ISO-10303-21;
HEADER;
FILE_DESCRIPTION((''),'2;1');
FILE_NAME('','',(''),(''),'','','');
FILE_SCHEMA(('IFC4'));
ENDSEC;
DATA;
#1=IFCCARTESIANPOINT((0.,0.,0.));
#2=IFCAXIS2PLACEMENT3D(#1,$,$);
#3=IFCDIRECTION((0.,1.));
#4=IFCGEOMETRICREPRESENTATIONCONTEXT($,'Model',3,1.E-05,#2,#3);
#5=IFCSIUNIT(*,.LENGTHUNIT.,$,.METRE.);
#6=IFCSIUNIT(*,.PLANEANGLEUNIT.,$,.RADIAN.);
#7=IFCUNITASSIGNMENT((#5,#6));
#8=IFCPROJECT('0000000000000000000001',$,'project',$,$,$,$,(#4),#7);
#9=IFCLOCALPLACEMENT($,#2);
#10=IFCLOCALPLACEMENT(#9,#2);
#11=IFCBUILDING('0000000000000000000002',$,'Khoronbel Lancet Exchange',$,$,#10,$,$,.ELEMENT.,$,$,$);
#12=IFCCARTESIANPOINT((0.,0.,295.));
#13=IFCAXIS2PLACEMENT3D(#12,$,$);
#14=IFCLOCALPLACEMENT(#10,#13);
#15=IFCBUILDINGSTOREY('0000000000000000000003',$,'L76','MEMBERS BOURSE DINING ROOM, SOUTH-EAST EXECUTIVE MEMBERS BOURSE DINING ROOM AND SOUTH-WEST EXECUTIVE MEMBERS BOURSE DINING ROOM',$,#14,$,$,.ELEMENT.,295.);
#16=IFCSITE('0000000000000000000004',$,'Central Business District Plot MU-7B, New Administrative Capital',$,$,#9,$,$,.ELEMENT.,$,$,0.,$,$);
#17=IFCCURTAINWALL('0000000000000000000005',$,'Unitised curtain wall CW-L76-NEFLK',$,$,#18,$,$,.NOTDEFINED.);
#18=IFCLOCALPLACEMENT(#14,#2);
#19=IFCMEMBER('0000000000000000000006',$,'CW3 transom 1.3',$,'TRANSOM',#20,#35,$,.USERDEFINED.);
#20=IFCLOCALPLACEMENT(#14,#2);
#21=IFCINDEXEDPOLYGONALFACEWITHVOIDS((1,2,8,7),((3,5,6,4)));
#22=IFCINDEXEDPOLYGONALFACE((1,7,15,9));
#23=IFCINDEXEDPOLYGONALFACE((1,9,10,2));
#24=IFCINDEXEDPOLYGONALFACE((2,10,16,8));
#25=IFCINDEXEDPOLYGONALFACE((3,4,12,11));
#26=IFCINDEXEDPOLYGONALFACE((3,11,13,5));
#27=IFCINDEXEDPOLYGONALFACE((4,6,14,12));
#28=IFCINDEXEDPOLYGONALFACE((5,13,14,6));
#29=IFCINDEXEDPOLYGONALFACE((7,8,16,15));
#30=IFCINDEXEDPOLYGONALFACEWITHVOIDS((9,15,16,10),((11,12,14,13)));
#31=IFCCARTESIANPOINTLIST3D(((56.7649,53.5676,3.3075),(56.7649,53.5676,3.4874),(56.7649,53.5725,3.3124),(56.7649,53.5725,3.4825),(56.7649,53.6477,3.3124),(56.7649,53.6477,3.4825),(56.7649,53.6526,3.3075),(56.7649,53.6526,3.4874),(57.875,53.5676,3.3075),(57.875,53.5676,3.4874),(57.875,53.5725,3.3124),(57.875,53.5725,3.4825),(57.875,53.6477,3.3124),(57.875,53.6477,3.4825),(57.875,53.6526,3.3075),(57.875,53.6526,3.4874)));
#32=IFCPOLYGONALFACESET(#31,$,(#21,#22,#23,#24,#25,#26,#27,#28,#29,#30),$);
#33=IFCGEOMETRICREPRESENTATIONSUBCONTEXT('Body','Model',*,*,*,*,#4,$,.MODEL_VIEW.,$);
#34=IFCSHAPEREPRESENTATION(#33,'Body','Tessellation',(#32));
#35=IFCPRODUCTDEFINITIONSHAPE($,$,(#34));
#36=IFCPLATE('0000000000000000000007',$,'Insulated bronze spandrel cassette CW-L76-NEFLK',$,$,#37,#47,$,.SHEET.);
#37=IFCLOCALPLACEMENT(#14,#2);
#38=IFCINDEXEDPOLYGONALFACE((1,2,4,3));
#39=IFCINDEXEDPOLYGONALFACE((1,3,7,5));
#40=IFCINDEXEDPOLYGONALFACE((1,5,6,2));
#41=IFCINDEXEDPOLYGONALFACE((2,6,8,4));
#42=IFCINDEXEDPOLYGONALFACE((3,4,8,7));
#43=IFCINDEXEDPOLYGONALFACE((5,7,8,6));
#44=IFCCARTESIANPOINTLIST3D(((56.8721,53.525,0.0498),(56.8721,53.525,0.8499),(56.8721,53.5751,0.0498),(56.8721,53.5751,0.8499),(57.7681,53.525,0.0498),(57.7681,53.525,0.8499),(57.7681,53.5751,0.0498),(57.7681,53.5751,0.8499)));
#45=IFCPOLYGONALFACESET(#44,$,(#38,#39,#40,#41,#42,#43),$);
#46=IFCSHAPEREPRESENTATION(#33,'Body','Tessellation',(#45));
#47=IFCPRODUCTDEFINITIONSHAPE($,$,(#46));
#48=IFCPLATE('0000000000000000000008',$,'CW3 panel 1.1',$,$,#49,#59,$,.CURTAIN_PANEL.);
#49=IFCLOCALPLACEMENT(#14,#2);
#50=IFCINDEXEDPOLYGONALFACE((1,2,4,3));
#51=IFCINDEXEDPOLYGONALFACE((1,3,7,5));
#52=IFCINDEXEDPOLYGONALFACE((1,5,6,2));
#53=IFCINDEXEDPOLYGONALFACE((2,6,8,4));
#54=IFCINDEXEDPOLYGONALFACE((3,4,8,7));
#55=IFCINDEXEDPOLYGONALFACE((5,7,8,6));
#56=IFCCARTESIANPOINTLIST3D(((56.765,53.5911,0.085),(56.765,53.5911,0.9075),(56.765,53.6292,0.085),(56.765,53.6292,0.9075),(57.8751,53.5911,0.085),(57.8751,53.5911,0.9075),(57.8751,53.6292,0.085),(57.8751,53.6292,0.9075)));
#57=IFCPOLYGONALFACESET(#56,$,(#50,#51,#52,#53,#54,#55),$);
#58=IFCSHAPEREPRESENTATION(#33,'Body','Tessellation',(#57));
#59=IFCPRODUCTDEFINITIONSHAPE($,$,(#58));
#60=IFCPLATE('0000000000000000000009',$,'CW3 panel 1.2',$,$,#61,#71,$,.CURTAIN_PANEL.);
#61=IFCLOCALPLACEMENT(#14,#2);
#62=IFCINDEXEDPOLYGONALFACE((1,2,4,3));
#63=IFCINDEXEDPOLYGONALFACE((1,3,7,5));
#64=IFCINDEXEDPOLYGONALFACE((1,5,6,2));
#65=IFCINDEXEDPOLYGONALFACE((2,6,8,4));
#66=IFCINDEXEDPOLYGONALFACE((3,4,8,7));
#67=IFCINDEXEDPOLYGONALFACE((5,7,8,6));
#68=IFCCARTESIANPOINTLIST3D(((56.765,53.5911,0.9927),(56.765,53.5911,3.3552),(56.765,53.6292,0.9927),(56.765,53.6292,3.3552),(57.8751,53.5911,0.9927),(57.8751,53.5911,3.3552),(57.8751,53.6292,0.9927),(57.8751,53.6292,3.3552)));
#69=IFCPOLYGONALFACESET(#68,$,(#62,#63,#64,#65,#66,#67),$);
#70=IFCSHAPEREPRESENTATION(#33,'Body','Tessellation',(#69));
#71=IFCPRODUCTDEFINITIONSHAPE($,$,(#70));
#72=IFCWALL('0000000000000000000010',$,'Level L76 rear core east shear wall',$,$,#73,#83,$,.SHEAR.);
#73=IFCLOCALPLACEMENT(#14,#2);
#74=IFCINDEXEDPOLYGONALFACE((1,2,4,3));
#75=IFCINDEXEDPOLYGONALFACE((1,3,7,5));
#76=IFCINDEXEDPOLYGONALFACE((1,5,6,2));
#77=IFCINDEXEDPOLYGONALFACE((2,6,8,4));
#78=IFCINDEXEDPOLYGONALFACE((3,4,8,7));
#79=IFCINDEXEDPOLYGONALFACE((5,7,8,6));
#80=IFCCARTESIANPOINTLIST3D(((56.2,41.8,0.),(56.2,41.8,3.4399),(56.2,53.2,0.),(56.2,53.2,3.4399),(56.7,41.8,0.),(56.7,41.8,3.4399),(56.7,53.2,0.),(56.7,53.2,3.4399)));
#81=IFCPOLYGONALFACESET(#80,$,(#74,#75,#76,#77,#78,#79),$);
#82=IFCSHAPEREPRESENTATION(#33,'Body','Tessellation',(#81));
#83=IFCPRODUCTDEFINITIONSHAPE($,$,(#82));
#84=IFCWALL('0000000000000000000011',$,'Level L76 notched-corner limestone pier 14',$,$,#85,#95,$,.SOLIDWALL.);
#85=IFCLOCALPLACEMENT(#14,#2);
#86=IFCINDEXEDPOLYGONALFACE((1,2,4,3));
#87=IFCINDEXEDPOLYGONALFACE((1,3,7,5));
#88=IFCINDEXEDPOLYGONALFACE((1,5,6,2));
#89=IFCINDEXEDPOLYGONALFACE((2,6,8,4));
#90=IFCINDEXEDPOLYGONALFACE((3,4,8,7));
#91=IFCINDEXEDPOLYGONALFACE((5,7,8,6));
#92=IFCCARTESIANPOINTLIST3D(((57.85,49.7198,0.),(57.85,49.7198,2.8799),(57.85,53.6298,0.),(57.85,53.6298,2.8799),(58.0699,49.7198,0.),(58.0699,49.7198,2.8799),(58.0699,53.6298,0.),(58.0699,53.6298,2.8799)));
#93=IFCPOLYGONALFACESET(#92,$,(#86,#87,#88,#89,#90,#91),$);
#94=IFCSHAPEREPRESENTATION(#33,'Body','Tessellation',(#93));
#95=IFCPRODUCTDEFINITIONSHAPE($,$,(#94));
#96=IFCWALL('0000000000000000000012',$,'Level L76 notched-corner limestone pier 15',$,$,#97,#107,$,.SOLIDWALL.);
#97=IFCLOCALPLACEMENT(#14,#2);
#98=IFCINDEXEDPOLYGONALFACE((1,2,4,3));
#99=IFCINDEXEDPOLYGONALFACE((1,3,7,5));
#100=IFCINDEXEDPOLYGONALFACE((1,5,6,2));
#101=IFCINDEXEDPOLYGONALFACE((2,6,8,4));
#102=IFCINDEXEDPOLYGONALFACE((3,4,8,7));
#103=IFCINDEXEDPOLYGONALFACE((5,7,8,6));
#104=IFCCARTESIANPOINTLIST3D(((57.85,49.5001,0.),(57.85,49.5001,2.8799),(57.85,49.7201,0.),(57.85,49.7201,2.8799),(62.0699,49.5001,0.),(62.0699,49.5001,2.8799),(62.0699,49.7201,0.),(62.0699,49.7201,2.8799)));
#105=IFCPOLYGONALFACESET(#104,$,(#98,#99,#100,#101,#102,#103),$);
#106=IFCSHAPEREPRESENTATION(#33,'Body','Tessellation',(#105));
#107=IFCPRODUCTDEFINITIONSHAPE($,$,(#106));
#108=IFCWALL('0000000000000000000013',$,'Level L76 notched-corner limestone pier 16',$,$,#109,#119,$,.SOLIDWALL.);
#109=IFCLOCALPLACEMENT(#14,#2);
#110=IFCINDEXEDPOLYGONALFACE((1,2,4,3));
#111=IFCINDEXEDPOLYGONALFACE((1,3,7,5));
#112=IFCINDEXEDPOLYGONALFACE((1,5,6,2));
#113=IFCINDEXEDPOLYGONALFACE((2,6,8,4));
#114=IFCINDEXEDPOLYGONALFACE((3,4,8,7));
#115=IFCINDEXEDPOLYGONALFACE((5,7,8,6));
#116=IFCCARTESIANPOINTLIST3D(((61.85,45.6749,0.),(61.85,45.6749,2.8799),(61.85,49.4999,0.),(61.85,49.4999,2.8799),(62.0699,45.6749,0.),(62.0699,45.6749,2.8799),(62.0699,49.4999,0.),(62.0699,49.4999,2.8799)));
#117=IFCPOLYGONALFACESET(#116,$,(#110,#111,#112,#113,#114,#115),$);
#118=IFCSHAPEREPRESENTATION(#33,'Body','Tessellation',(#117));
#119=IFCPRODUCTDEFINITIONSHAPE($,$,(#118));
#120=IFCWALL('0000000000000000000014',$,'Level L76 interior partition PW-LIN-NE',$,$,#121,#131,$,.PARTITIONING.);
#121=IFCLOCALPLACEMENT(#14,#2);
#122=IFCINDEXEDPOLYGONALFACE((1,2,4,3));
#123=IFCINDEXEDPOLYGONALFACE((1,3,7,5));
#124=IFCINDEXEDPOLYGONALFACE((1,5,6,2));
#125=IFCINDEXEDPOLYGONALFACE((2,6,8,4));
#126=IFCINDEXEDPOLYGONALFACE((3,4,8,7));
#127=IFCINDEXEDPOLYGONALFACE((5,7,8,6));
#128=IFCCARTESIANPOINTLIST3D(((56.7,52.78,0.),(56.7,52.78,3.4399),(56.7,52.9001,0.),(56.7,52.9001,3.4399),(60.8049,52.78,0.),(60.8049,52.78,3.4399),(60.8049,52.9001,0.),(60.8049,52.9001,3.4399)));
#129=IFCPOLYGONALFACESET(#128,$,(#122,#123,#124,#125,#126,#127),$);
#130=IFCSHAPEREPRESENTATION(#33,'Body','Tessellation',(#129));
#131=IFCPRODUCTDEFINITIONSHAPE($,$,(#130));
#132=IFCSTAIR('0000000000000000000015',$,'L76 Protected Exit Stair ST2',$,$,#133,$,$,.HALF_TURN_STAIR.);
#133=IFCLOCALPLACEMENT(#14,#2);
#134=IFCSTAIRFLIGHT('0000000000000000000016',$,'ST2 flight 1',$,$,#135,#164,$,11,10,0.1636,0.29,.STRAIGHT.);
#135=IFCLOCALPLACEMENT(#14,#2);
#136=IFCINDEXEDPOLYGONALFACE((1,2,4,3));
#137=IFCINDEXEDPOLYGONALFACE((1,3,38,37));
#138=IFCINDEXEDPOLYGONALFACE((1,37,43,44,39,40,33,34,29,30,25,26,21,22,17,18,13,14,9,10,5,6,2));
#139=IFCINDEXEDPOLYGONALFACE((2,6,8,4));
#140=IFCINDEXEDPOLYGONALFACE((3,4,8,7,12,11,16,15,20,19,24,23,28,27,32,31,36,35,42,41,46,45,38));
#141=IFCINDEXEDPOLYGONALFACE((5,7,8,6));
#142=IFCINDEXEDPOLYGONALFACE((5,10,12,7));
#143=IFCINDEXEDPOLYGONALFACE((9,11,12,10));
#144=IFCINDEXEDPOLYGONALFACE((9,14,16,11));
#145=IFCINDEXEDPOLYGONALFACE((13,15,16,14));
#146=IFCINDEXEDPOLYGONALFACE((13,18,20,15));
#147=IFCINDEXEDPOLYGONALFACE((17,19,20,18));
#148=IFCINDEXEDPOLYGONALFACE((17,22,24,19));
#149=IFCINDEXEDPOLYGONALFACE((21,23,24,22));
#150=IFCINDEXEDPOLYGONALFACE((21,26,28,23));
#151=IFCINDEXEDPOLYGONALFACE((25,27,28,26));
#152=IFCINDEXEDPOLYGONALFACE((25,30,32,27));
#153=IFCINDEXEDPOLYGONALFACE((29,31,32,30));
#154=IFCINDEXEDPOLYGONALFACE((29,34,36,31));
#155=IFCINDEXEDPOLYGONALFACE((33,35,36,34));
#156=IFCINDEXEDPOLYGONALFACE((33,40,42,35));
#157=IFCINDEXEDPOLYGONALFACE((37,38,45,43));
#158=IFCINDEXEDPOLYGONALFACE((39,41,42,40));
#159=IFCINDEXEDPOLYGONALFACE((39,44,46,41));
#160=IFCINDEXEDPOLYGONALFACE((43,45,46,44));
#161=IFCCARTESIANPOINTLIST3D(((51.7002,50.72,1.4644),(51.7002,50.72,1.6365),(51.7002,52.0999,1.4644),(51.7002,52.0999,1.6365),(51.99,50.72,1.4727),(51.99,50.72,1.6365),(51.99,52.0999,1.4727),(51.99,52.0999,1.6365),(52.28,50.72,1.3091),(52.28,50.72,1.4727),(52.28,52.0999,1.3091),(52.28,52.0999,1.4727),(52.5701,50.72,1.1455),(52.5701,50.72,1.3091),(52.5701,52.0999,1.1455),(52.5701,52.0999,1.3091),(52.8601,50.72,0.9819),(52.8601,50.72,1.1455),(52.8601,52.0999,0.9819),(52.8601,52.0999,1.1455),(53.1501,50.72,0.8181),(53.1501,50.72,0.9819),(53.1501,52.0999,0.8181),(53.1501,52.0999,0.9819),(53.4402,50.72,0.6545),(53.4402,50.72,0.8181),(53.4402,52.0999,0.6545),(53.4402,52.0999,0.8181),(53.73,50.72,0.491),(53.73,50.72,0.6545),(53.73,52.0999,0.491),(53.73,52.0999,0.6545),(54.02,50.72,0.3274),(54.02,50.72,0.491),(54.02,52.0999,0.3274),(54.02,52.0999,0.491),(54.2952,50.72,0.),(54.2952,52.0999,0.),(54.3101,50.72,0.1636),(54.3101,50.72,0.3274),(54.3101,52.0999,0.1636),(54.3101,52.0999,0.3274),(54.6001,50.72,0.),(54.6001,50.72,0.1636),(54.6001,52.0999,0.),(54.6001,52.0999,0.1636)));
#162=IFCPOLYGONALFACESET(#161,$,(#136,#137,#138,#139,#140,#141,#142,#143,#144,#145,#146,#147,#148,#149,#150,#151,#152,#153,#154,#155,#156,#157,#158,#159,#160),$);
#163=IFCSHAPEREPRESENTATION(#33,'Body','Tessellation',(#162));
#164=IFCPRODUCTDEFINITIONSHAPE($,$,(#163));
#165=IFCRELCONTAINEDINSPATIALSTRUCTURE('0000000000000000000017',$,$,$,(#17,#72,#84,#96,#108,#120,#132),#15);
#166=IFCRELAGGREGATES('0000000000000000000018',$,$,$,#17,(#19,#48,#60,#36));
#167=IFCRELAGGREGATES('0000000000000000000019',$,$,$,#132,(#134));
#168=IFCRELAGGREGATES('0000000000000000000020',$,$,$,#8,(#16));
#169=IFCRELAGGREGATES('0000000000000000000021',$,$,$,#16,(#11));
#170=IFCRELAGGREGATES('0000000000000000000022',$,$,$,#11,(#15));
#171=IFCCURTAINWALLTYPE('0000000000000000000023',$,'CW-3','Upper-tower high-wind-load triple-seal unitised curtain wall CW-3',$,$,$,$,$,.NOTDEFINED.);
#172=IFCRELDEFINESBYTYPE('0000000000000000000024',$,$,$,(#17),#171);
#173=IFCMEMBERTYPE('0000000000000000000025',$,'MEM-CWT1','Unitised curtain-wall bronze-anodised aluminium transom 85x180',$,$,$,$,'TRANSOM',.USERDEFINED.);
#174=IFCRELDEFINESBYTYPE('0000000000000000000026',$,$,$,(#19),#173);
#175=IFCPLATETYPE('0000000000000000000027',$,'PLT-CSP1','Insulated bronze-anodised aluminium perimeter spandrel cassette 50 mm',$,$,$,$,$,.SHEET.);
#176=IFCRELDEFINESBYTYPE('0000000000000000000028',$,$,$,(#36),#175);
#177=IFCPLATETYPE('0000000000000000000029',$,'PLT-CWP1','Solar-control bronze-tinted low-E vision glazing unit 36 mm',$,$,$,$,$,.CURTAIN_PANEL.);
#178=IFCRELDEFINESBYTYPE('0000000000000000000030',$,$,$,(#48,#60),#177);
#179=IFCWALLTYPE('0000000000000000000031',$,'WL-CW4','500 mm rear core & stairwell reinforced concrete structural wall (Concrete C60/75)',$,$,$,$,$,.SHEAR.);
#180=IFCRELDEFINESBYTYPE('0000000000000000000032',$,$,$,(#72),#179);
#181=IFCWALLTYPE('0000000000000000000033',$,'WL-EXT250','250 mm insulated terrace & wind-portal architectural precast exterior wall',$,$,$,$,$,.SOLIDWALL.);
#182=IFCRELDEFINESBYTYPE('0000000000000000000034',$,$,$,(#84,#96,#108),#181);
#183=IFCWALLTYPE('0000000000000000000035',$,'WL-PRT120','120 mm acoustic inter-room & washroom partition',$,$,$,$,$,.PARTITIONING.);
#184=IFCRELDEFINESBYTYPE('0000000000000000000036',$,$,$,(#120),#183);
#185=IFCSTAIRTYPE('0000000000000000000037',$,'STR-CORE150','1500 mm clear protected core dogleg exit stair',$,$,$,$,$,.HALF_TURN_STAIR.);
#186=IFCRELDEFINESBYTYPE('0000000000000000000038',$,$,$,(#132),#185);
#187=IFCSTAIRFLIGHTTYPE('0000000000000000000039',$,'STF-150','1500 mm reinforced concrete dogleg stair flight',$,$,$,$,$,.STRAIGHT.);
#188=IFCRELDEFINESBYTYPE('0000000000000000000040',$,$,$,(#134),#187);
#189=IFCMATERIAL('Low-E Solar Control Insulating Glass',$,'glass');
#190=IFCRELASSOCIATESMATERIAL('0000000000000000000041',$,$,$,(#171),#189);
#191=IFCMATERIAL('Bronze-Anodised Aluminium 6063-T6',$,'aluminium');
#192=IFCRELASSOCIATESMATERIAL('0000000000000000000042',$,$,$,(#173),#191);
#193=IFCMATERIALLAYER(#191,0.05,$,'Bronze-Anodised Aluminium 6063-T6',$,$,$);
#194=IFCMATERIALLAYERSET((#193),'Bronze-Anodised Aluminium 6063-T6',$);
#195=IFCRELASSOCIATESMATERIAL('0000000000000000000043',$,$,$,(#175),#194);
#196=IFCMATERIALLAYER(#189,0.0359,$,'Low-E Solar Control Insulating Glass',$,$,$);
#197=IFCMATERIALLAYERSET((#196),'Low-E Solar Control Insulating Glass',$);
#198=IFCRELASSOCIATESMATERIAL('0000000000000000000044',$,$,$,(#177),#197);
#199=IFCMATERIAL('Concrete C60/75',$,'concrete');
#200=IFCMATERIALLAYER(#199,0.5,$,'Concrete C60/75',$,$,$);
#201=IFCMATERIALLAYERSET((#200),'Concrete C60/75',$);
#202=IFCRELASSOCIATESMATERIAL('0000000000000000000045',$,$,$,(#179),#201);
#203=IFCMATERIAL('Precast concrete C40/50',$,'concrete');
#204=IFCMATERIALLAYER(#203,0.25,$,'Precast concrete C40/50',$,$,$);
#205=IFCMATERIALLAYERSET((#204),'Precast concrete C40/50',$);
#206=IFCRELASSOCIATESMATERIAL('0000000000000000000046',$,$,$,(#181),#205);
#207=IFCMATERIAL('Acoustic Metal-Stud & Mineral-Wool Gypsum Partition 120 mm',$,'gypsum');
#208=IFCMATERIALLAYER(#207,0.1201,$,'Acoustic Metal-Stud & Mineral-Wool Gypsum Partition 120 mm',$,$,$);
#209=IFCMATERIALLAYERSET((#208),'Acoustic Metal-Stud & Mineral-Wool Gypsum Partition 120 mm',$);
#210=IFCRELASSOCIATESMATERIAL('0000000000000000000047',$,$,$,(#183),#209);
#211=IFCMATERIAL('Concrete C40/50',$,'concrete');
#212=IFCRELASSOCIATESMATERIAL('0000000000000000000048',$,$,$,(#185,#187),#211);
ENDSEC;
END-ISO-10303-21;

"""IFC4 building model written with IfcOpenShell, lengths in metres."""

from ifc_helpers import new_model, si_unit, direction, frame, frame_2d, origin, origin_2d, place, context, subcontext, project, spatial, polyline, rectangle, hollow_rectangle, outline, extrude, material, layer, layer_set, material_profile, profile_set, type_object, element, aggregate, save


model = new_model("IFC4")

# Units and contexts
model_context = context("Model", 3, precision=1e-05, world=origin(), true_north=direction((0.0, 1.0)))
body_context = subcontext(model_context, "Body", "Model", "MODEL_VIEW")
ifc_project = project(units=[si_unit("LENGTHUNIT", "METRE"), si_unit("PLANEANGLEUNIT", "RADIAN")], contexts=[model_context])

# Site, building, storey
site_placement = place(None, origin())
site = spatial("IfcSite", under=ifc_project, at=site_placement, Name="Central Business District Plot MU-7B, New Administrative Capital", CompositionType="ELEMENT", RefElevation=0.0)
building_placement = place(site_placement, origin())
building = spatial("IfcBuilding", under=site, at=building_placement, Name="Khoronbel Lancet Exchange", CompositionType="ELEMENT")
storey_placement = place(building_placement, frame((0.0, 0.0, 295.0)))
storey = spatial("IfcBuildingStorey", under=building, at=storey_placement, Name="L76", Description="MEMBERS BOURSE DINING ROOM, SOUTH-EAST EXECUTIVE MEMBERS BOURSE DINING ROOM AND SOUTH-WEST EXECUTIVE MEMBERS BOURSE DINING ROOM", CompositionType="ELEMENT", Elevation=295.0)

# Curtain wall, member, plates
ifc_material_1 = material(Name="Low-E Solar Control Insulating Glass", Category="glass")
curtain_wall_type = type_object("IfcCurtainWallType", Name="CW-3", Description="Upper-tower high-wind-load triple-seal unitised curtain wall CW-3", PredefinedType="NOTDEFINED", material=ifc_material_1)
curtain_wall_placement = place(storey_placement, origin())
curtain_wall = element("IfcCurtainWall", 1, at=curtain_wall_placement, inside=storey, type_object=curtain_wall_type, Name="Unitised curtain wall CW-L76-NEFLK", PredefinedType="NOTDEFINED")
ifc_material_2 = material(Name="Bronze-Anodised Aluminium 6063-T6", Category="aluminium")
ifc_material_profile_1 = material_profile(ifc_material_2, hollow_rectangle(XDim=0.085, YDim=0.1799, WallThickness=0.0049, at=origin_2d()), Name="ALU TRANSOM 85x180")
ifc_profile_set_1 = profile_set([ifc_material_profile_1], Name="Bronze-Anodised Aluminium 6063-T6")
member_type_1 = type_object("IfcMemberType", Name="MEM-CWT1", Description="Unitised curtain-wall bronze-anodised aluminium transom 85x180", ElementType="TRANSOM", PredefinedType="USERDEFINED", material=ifc_profile_set_1)
member_1_placement = place(storey_placement, frame((57.875, 53.6101, 3.3975), z_axis=(-1.0, 0.0, 0.0), x_axis=(0.0, -1.0, 0.0)))
member_1 = element("IfcMember", 2, at=member_1_placement, type_object=member_type_1, Name="CW3 transom 1.3", ObjectType="TRANSOM", PredefinedType="USERDEFINED", context=body_context, shape_type="SweptSolid", body=[
    extrude(hollow_rectangle(XDim=0.085, YDim=0.1799, WallThickness=0.0049, at=origin_2d()), origin(), (0.0, 0.0, 1.0), 1.1101),
])
ifc_layer_1 = layer(ifc_material_2, 0.05, Name="Bronze-Anodised Aluminium 6063-T6")
ifc_layer_set_1 = layer_set([ifc_layer_1], Name="Bronze-Anodised Aluminium 6063-T6")
plate_type_1 = type_object("IfcPlateType", Name="PLT-CSP1", Description="Insulated bronze-anodised aluminium perimeter spandrel cassette 50 mm", PredefinedType="SHEET", material=ifc_layer_set_1)
plate_1_placement = place(storey_placement, frame((57.3201, 53.55, 0.0498), z_axis=(0.0, 0.0, 1.0), x_axis=(-1.0, 0.0, 0.0)))
plate_1 = element("IfcPlate", 3, at=plate_1_placement, type_object=plate_type_1, Name="Insulated bronze spandrel cassette CW-L76-NEFLK", PredefinedType="SHEET", context=body_context, shape_type="SweptSolid", body=[
    extrude(rectangle(XDim=0.896, YDim=0.05, at=origin_2d()), origin(), (0.0, 0.0, 1.0), 0.8),
])
ifc_layer_2 = layer(ifc_material_1, 0.0359, Name="Low-E Solar Control Insulating Glass")
ifc_layer_set_2 = layer_set([ifc_layer_2], Name="Low-E Solar Control Insulating Glass")
plate_type_2 = type_object("IfcPlateType", Name="PLT-CWP1", Description="Solar-control bronze-tinted low-E vision glazing unit 36 mm", PredefinedType="CURTAIN_PANEL", material=ifc_layer_set_2)
plate_2_placement = place(storey_placement, frame((57.3201, 53.6101, 0.085), z_axis=(0.0, 0.0, 1.0), x_axis=(-1.0, 0.0, 0.0)))
plate_2 = element("IfcPlate", 4, at=plate_2_placement, type_object=plate_type_2, Name="CW3 panel 1.1", PredefinedType="CURTAIN_PANEL", context=body_context, shape_type="SweptSolid", body=[
    extrude(rectangle(XDim=1.1101, YDim=0.0381, at=origin_2d()), origin(), (0.0, 0.0, 1.0), 0.8225),
])
plate_3_placement = place(storey_placement, frame((57.3201, 53.6101, 0.9927), z_axis=(0.0, 0.0, 1.0), x_axis=(-1.0, 0.0, 0.0)))
plate_3 = element("IfcPlate", 5, at=plate_3_placement, type_object=plate_type_2, Name="CW3 panel 1.2", PredefinedType="CURTAIN_PANEL", context=body_context, shape_type="SweptSolid", body=[
    extrude(rectangle(XDim=1.1101, YDim=0.0381, at=origin_2d()), origin(), (0.0, 0.0, 1.0), 2.3625),
])
aggregate(curtain_wall, [member_1, plate_2, plate_3, plate_1])

# Walls
ifc_material_3 = material(Name="Concrete C60/75", Category="concrete")
ifc_layer_3 = layer(ifc_material_3, 0.5, Name="Concrete C60/75")
ifc_layer_set_3 = layer_set([ifc_layer_3], Name="Concrete C60/75")
wall_type_1 = type_object("IfcWallType", Name="WL-CW4", Description="500 mm rear core & stairwell reinforced concrete structural wall (Concrete C60/75)", PredefinedType="SHEAR", material=ifc_layer_set_3)
wall_1_placement = place(storey_placement, frame((56.45, 53.2, 0.0), z_axis=(0.0, 0.0, 1.0), x_axis=(0.0, -1.0, 0.0)))
element("IfcWall", 6, at=wall_1_placement, inside=storey, type_object=wall_type_1, Name="Level L76 rear core east shear wall", PredefinedType="SHEAR", context=body_context, shape_type="SweptSolid", body=[
    extrude(rectangle(XDim=11.3999, YDim=0.5, at=frame_2d((5.7, 0.0))), origin(), (0.0, 0.0, 1.0), 3.4399),
])
ifc_material_4 = material(Name="Precast concrete C40/50", Category="concrete")
ifc_layer_4 = layer(ifc_material_4, 0.25, Name="Precast concrete C40/50")
ifc_layer_set_4 = layer_set([ifc_layer_4], Name="Precast concrete C40/50")
wall_type_2 = type_object("IfcWallType", Name="WL-EXT250", Description="250 mm insulated terrace & wind-portal architectural precast exterior wall", PredefinedType="SOLIDWALL", material=ifc_layer_set_4)
wall_2_placement = place(storey_placement, frame((57.96, 53.6299, 0.0), z_axis=(0.0, 0.0, 1.0), x_axis=(0.0, -1.0, 0.0)))
element("IfcWall", 7, at=wall_2_placement, inside=storey, type_object=wall_type_2, Name="Level L76 notched-corner limestone pier 14", PredefinedType="SOLIDWALL", context=body_context, shape_type="SweptSolid", body=[
    extrude(rectangle(XDim=3.9099, YDim=0.22, at=frame_2d((1.9551, 0.0))), origin(), (0.0, 0.0, 1.0), 2.8799),
])
wall_3_placement = place(storey_placement, frame((57.8501, 49.6101, 0.0), z_axis=(0.0, 0.0, 1.0), x_axis=(1.0, 0.0, 0.0)))
element("IfcWall", 8, at=wall_3_placement, inside=storey, type_object=wall_type_2, Name="Level L76 notched-corner limestone pier 15", PredefinedType="SOLIDWALL", context=body_context, shape_type="SweptSolid", body=[
    extrude(rectangle(XDim=4.22, YDim=0.22, at=frame_2d((2.1099, 0.0))), origin(), (0.0, 0.0, 1.0), 2.8799),
])
wall_4_placement = place(storey_placement, frame((61.96, 49.5, 0.0), z_axis=(0.0, 0.0, 1.0), x_axis=(0.0, -1.0, 0.0)))
element("IfcWall", 9, at=wall_4_placement, inside=storey, type_object=wall_type_2, Name="Level L76 notched-corner limestone pier 16", PredefinedType="SOLIDWALL", context=body_context, shape_type="SweptSolid", body=[
    extrude(rectangle(XDim=3.825, YDim=0.22, at=frame_2d((1.9126, 0.0))), origin(), (0.0, 0.0, 1.0), 2.8799),
])
ifc_material_5 = material(Name="Acoustic Metal-Stud & Mineral-Wool Gypsum Partition 120 mm", Category="gypsum")
ifc_layer_5 = layer(ifc_material_5, 0.1201, Name="Acoustic Metal-Stud & Mineral-Wool Gypsum Partition 120 mm")
ifc_layer_set_5 = layer_set([ifc_layer_5], Name="Acoustic Metal-Stud & Mineral-Wool Gypsum Partition 120 mm")
wall_type_3 = type_object("IfcWallType", Name="WL-PRT120", Description="120 mm acoustic inter-room & washroom partition", PredefinedType="PARTITIONING", material=ifc_layer_set_5)
wall_5_placement = place(storey_placement, frame((56.7, 52.8401, 0.0), z_axis=(0.0, 0.0, 1.0), x_axis=(1.0, 0.0, 0.0)))
element("IfcWall", 10, at=wall_5_placement, inside=storey, type_object=wall_type_3, Name="Level L76 interior partition PW-LIN-NE", PredefinedType="PARTITIONING", context=body_context, shape_type="SweptSolid", body=[
    extrude(rectangle(XDim=4.105, YDim=0.1201, at=frame_2d((2.0525, 0.0))), origin(), (0.0, 0.0, 1.0), 3.4399),
])

# Stair, stair flight
ifc_material_6 = material(Name="Concrete C40/50", Category="concrete")
stair_type = type_object("IfcStairType", Name="STR-CORE150", Description="1500 mm clear protected core dogleg exit stair", PredefinedType="HALF_TURN_STAIR", material=ifc_material_6)
stair_placement = place(storey_placement, origin())
stair = element("IfcStair", 11, at=stair_placement, inside=storey, type_object=stair_type, Name="L76 Protected Exit Stair ST2", PredefinedType="HALF_TURN_STAIR")
stair_flight_type = type_object("IfcStairFlightType", Name="STF-150", Description="1500 mm reinforced concrete dogleg stair flight", PredefinedType="STRAIGHT", material=ifc_material_6)
stair_flight_placement = place(storey_placement, frame((54.6001, 51.4099, 0.0), z_axis=(0.0, 0.0, 1.0), x_axis=(-1.0, 0.0, 0.0)))
stair_flight = element("IfcStairFlight", 12, at=stair_flight_placement, type_object=stair_flight_type, Name="ST2 flight 1", NumberOfRisers=11, NumberOfTreads=10, PredefinedType="STRAIGHT", RiserHeight=0.1636, TreadLength=0.29, context=body_context, shape_type="SweptSolid", body=[
    extrude(outline(polyline([(0.0, 0.0), (0.0, 0.1636), (0.29, 0.1636), (0.29, 0.3274), (0.5801, 0.3274), (0.5801, 0.491), (0.8701, 0.491), (0.8701, 0.6545), (1.1599, 0.6545), (1.1599, 0.8181), (1.45, 0.8181), (1.45, 0.9819), (1.74, 0.9819), (1.74, 1.1455), (2.03, 1.1455), (2.03, 1.3091), (2.3201, 1.3091), (2.3201, 1.4727), (2.6101, 1.4727), (2.6101, 1.6365), (2.8999, 1.6365), (2.8999, 1.8), (2.8999, 1.4644), (0.3049, 0.0), (0.0, 0.0)])), frame((0.0, 0.6899, 0.0), z_axis=(0.0, -1.0, 0.0), x_axis=(1.0, 0.0, 0.0)), (0.0, 0.0, 1.0), 1.3799),
])
aggregate(stair, [stair_flight])

save(model, "model.ifc")
